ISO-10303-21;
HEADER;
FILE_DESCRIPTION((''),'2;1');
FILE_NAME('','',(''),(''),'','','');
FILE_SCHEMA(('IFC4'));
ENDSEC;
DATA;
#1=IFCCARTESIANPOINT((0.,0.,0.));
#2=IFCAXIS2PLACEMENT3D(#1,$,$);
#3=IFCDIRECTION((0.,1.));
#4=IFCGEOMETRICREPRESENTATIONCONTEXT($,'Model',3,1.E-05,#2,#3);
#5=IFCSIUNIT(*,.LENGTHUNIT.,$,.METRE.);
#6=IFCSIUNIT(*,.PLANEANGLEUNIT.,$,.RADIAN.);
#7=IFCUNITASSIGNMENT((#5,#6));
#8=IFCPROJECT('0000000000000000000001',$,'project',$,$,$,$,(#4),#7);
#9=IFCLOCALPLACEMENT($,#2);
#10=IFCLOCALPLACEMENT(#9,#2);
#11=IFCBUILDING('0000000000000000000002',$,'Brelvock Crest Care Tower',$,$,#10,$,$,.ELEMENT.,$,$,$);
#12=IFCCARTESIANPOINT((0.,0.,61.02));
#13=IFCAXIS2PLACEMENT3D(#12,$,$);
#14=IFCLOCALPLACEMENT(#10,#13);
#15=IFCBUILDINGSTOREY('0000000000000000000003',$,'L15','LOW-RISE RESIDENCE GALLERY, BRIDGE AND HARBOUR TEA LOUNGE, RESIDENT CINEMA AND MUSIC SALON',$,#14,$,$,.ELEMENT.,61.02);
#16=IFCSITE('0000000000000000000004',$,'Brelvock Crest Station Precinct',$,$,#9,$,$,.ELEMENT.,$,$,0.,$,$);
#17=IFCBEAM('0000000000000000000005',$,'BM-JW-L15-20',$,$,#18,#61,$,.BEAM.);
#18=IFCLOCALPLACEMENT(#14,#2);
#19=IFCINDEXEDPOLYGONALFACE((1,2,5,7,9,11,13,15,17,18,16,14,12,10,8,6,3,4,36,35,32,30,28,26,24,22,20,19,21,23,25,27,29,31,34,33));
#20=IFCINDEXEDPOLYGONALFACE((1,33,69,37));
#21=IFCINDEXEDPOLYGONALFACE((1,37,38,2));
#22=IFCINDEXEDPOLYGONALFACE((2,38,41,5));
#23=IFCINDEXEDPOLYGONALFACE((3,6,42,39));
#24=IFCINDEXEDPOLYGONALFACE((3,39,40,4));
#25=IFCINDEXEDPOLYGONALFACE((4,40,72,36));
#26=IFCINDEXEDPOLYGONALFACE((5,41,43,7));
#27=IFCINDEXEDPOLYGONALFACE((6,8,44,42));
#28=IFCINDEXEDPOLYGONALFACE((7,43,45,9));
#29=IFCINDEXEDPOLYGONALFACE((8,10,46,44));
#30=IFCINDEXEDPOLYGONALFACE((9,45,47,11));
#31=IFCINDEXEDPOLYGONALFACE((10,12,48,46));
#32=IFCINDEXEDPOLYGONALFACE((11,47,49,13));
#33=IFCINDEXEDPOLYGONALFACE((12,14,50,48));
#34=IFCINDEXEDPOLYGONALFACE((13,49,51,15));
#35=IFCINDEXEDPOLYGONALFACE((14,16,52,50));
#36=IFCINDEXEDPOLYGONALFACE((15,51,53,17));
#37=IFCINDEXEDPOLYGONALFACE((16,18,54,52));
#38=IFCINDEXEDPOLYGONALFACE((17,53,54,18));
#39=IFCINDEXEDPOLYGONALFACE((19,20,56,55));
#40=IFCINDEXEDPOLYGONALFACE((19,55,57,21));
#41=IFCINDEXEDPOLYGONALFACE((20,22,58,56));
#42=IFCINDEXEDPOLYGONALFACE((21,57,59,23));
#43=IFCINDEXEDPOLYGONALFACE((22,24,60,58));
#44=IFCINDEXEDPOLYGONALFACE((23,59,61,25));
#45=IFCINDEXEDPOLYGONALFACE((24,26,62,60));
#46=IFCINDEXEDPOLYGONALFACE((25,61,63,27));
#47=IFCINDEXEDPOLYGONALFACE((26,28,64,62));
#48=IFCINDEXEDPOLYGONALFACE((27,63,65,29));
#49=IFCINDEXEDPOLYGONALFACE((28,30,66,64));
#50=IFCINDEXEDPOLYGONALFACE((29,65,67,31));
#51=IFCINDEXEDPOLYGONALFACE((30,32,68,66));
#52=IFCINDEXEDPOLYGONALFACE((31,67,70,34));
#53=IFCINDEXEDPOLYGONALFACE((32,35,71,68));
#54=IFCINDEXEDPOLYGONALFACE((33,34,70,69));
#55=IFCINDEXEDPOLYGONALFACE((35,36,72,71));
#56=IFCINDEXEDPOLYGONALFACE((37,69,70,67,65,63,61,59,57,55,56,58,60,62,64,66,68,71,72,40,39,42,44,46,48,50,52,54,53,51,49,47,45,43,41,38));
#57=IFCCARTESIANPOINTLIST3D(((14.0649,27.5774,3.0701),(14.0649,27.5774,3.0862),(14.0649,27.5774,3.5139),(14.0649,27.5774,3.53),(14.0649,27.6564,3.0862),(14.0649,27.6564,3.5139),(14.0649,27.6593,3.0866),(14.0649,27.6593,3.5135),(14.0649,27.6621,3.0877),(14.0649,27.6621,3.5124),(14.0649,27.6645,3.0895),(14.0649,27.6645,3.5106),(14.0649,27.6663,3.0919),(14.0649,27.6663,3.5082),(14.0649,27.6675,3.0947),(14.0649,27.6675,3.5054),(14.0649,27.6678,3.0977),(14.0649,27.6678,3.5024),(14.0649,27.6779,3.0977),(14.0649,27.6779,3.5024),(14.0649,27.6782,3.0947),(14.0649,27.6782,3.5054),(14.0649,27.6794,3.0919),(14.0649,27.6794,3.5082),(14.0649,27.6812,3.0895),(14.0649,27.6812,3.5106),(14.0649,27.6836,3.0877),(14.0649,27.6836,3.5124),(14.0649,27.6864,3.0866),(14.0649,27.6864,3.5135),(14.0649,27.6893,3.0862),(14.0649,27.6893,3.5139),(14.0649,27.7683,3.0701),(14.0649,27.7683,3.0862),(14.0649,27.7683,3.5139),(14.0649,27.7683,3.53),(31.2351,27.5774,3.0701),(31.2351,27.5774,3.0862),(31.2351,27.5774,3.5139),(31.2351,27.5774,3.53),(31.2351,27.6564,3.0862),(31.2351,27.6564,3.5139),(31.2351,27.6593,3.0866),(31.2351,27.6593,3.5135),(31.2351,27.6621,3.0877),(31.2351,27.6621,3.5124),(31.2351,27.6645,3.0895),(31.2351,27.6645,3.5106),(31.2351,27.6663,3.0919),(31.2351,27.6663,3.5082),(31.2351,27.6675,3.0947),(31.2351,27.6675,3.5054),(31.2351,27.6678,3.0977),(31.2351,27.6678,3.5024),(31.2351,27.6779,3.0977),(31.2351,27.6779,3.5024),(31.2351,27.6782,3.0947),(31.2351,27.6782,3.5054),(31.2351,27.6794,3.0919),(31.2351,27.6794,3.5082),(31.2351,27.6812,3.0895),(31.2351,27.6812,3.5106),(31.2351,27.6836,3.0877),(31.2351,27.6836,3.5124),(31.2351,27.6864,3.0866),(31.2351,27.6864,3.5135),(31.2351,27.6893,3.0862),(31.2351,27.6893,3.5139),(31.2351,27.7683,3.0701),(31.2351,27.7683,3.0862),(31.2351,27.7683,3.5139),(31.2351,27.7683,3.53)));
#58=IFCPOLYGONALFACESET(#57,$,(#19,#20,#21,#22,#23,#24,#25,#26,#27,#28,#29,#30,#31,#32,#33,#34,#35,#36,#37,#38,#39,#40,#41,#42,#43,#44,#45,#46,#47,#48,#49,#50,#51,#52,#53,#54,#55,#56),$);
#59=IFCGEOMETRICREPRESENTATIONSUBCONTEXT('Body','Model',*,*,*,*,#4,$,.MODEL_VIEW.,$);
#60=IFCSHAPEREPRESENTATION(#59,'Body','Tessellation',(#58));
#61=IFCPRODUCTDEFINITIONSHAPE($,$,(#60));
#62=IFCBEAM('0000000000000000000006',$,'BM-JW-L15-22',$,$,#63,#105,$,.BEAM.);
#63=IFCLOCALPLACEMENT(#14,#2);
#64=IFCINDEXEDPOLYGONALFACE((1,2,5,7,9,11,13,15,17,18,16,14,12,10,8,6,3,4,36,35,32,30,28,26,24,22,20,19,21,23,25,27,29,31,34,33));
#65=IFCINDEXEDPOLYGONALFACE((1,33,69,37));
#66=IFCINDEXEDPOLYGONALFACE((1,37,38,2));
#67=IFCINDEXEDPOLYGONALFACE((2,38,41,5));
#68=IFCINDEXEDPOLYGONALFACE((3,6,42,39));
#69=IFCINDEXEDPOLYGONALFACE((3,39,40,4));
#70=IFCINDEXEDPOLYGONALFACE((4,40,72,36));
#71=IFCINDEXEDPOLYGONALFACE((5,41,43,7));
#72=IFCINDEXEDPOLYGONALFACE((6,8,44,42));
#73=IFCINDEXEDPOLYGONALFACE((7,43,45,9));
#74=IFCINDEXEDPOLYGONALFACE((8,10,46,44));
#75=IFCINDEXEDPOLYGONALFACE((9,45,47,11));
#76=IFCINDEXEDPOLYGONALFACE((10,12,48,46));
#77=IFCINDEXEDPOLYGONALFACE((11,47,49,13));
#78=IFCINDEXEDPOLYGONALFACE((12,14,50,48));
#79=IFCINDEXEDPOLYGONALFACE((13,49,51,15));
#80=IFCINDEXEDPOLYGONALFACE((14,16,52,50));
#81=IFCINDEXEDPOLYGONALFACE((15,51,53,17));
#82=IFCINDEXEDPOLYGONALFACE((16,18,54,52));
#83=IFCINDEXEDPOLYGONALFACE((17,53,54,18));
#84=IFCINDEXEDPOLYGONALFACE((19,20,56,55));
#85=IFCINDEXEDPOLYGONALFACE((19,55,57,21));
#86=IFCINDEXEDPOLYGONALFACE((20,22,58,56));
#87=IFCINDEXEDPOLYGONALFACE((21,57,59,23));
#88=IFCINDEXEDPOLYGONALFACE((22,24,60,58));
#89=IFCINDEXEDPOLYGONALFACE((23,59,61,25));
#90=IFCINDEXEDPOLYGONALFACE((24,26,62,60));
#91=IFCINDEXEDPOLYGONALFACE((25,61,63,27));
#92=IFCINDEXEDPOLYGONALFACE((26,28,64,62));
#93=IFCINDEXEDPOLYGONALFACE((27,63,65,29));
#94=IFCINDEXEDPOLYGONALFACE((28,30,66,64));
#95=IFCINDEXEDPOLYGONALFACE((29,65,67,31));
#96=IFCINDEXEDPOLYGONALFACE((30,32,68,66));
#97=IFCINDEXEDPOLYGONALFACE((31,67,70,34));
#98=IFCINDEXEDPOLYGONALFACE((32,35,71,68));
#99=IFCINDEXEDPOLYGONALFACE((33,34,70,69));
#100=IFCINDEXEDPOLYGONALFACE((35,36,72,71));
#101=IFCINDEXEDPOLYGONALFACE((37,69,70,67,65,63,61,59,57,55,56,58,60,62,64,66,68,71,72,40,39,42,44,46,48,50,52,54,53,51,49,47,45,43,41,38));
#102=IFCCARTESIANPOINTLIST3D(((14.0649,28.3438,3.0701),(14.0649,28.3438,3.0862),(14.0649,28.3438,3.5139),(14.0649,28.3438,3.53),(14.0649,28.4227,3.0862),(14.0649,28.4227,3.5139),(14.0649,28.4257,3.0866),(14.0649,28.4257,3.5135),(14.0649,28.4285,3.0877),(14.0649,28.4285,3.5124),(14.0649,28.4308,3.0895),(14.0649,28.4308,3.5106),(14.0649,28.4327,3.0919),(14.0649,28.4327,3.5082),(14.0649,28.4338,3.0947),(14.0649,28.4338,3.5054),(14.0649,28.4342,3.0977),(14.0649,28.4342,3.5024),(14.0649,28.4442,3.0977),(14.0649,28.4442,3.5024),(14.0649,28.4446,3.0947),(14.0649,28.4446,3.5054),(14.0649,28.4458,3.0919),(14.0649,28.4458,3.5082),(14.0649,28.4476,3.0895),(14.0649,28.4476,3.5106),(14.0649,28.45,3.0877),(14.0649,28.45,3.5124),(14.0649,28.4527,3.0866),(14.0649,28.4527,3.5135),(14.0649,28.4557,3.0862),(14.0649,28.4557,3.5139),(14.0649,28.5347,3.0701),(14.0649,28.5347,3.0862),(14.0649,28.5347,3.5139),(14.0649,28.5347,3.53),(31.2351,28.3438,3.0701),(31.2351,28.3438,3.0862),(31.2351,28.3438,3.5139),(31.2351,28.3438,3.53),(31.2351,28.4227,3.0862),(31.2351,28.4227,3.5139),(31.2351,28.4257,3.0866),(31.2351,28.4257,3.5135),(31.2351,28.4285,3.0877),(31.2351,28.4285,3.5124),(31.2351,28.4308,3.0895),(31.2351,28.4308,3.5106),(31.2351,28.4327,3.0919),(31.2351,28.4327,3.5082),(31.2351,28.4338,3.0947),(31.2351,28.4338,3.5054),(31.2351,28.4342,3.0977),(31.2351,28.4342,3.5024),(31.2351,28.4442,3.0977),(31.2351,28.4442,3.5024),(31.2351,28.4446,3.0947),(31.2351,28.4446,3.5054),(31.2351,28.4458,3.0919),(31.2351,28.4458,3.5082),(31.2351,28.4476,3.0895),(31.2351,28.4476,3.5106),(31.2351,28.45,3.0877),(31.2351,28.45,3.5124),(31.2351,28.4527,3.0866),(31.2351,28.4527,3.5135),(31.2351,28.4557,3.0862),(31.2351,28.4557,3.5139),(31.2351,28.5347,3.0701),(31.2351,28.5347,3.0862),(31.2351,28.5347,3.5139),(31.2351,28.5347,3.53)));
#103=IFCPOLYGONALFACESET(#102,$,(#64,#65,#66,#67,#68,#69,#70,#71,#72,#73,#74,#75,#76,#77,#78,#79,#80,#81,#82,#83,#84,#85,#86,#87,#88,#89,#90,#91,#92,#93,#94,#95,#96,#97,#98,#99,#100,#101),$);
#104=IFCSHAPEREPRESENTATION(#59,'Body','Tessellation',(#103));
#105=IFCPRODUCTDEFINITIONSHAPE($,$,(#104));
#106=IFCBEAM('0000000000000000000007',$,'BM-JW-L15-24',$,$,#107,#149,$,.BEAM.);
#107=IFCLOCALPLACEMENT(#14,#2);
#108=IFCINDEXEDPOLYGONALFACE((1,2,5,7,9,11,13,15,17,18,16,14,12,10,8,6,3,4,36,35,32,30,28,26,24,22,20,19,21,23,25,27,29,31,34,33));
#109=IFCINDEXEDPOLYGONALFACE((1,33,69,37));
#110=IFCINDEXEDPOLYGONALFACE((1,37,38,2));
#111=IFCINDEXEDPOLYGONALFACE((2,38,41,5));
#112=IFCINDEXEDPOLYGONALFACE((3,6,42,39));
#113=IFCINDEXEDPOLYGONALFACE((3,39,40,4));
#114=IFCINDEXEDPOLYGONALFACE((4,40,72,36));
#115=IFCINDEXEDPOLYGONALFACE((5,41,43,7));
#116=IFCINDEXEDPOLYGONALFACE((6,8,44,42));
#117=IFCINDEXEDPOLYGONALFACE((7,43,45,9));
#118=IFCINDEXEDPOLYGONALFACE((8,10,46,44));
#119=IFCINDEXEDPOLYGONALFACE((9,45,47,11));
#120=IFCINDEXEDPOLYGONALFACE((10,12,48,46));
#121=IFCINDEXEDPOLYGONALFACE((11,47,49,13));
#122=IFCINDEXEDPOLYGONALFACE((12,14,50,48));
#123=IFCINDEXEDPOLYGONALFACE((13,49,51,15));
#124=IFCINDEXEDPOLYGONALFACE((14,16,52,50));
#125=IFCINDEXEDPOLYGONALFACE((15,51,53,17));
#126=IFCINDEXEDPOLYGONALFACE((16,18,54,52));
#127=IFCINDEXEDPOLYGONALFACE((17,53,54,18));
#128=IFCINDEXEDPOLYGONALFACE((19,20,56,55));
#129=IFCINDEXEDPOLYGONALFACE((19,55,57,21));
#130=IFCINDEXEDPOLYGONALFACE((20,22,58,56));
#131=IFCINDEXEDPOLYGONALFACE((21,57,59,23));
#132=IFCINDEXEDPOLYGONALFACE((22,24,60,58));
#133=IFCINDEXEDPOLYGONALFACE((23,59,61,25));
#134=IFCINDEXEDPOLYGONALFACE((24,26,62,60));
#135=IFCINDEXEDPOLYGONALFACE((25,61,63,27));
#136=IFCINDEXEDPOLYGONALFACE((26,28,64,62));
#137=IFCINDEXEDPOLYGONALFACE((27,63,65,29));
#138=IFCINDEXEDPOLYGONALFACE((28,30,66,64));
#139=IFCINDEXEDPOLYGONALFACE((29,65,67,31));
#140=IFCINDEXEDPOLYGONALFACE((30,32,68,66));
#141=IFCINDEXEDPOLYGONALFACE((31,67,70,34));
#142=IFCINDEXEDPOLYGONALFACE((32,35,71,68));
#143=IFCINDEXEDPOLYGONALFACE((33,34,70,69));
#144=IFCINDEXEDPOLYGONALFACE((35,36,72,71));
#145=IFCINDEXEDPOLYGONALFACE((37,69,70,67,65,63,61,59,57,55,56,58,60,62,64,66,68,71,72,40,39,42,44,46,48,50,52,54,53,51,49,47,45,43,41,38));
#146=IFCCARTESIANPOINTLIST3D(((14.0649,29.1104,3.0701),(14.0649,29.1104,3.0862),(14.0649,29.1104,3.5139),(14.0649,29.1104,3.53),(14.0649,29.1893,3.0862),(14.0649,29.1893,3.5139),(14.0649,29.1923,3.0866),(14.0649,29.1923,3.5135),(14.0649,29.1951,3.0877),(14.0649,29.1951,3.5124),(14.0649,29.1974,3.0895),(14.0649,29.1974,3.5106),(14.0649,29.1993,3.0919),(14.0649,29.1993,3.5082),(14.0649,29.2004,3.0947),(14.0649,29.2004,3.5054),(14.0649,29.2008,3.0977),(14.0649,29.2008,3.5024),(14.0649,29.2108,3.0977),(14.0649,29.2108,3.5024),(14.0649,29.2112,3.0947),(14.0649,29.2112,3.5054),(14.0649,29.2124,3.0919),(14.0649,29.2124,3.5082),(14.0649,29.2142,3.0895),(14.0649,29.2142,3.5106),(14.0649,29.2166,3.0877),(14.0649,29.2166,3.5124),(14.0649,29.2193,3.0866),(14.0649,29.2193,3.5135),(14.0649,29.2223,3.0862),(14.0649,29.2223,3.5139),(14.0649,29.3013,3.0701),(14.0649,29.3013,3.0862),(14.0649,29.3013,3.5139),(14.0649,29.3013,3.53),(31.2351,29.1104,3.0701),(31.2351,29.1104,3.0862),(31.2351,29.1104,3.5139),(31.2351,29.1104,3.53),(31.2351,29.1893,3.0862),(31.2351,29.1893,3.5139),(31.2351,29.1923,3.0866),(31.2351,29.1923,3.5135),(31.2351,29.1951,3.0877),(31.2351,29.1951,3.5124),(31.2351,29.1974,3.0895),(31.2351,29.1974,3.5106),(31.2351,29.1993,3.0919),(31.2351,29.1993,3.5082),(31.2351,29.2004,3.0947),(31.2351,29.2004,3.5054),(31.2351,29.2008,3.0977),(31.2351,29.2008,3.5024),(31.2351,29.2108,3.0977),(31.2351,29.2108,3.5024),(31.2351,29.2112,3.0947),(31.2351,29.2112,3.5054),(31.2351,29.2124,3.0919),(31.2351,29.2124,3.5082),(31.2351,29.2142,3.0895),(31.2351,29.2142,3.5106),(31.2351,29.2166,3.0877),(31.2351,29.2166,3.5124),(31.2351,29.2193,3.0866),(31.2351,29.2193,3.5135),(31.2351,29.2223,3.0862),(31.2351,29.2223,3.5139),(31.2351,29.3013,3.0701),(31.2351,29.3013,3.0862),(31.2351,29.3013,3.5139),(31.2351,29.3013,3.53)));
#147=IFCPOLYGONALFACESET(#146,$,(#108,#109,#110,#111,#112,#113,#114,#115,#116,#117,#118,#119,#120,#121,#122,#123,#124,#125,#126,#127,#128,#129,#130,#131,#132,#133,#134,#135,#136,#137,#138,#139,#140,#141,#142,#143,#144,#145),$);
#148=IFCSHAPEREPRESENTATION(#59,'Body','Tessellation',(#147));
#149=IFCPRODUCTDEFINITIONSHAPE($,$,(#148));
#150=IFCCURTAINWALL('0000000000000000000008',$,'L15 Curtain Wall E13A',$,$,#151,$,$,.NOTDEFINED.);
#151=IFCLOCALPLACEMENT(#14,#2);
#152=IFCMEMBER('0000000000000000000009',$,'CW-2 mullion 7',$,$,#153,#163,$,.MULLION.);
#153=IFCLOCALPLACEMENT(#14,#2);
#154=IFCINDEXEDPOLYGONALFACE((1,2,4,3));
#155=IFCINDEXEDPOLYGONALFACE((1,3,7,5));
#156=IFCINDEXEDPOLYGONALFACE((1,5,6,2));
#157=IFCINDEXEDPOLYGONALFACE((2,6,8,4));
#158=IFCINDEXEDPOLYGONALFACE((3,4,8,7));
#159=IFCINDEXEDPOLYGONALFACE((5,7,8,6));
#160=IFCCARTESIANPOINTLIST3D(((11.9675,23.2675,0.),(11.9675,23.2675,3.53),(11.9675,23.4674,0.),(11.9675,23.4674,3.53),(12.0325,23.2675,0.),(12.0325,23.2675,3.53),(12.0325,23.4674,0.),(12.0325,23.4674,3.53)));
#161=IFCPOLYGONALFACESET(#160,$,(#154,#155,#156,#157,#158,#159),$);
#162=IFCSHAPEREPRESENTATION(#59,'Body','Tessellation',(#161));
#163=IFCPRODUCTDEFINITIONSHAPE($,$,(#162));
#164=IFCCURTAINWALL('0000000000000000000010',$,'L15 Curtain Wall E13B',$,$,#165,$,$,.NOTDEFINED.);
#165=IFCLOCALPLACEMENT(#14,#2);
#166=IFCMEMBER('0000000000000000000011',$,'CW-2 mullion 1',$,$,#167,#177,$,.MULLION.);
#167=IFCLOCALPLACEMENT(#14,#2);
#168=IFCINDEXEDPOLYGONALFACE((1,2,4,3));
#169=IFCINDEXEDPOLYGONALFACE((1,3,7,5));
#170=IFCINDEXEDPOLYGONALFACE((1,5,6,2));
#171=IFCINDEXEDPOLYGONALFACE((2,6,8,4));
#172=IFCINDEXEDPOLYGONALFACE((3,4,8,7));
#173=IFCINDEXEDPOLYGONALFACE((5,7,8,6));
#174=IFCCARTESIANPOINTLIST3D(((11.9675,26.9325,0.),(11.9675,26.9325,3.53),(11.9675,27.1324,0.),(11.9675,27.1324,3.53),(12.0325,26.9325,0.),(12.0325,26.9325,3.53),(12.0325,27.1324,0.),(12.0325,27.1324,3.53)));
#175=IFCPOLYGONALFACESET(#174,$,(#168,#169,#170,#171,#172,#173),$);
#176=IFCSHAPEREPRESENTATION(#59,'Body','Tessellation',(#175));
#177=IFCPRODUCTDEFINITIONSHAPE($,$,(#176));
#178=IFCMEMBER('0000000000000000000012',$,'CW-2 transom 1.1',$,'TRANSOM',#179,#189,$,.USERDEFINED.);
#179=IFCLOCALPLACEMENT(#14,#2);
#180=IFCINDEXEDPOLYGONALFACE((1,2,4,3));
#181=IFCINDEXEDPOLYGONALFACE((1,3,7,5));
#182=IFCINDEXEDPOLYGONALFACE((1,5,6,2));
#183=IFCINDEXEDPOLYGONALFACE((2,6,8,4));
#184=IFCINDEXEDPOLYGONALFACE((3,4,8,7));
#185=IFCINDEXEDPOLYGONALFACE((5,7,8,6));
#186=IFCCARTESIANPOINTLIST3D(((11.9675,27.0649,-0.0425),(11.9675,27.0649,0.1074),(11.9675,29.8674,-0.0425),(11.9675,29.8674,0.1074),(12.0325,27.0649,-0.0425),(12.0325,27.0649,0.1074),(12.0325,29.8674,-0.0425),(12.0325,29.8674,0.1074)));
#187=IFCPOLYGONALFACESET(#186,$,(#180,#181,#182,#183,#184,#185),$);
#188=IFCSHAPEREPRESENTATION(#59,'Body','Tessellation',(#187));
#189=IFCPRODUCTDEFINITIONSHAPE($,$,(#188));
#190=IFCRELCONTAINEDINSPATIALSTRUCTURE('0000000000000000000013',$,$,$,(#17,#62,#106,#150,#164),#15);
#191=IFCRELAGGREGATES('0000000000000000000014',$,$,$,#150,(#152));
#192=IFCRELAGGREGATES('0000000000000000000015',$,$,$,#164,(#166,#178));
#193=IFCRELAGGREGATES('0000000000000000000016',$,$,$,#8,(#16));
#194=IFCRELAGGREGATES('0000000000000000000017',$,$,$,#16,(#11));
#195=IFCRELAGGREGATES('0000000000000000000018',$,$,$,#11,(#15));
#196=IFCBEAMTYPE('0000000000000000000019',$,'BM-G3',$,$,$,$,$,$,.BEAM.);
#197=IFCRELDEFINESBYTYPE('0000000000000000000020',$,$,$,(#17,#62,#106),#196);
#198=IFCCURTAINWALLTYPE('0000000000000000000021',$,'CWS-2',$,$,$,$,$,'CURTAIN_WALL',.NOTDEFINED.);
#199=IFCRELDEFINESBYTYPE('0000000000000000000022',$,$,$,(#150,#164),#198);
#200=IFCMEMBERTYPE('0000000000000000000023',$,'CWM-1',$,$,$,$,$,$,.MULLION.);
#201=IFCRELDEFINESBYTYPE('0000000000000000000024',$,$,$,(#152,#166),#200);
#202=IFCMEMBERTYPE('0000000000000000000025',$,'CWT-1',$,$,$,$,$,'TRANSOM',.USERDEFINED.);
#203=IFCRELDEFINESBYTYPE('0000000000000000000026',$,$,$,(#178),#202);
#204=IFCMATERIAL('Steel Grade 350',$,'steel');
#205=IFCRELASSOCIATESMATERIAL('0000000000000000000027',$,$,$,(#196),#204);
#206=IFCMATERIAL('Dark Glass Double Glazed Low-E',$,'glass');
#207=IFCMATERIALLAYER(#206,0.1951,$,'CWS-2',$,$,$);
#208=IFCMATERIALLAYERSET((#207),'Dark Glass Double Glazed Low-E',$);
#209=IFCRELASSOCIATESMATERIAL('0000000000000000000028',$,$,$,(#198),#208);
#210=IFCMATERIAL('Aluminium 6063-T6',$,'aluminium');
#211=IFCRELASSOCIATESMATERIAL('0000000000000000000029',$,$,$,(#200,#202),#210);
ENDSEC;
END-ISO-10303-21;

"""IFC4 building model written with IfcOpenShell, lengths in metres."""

from ifc_helpers import new_model, si_unit, direction, frame, origin, origin_2d, place, context, subcontext, project, spatial, rectangle, i_section, extrude, source, transform, mapped, material, layer, layer_set, material_profile, profile_set, type_object, element, aggregate, save


model = new_model("IFC4")

# Units and contexts
model_context = context("Model", 3, precision=1e-05, world=origin(), true_north=direction((0.0, 1.0)))
body_context = subcontext(model_context, "Body", "Model", "MODEL_VIEW")
ifc_project = project(units=[si_unit("LENGTHUNIT", "METRE"), si_unit("PLANEANGLEUNIT", "RADIAN")], contexts=[model_context])

# Site, building, storey
site_placement = place(None, origin())
site = spatial("IfcSite", under=ifc_project, at=site_placement, Name="Brelvock Crest Station Precinct", CompositionType="ELEMENT", RefElevation=0.0)
building_placement = place(site_placement, origin())
building = spatial("IfcBuilding", under=site, at=building_placement, Name="Brelvock Crest Care Tower", CompositionType="ELEMENT")
storey_placement = place(building_placement, frame((0.0, 0.0, 61.02)))
storey = spatial("IfcBuildingStorey", under=building, at=storey_placement, Name="L15", Description="LOW-RISE RESIDENCE GALLERY, BRIDGE AND HARBOUR TEA LOUNGE, RESIDENT CINEMA AND MUSIC SALON", CompositionType="ELEMENT", Elevation=61.02)

# Beams
ifc_material_1 = material(Name="Steel Grade 350", Category="steel")
ifc_material_profile_1 = material_profile(ifc_material_1, i_section(OverallWidth=0.1909, OverallDepth=0.46, WebThickness=0.01, FlangeThickness=0.0161, FilletRadius=0.0115, at=origin_2d()), Name="460UB82.1")
ifc_profile_set_1 = profile_set([ifc_material_profile_1], Name="Steel Grade 350")
beam_type_1 = type_object("IfcBeamType", Name="BM-G3", PredefinedType="BEAM", material=ifc_profile_set_1)
shared_shape_1 = source(origin(), body_context, "Body", "SweptSolid", [
    extrude(i_section(OverallWidth=0.1909, OverallDepth=0.46, WebThickness=0.01, FlangeThickness=0.0161, FilletRadius=0.0115, at=origin_2d()), origin(), (0.0, 0.0, 1.0), 17.1702),
])
for number, where, z_axis, x_axis, name in (
    (1, (14.0649, 27.6729, 3.3), (1.0, 0.0, 0.0), (0.0, 1.0, 0.0), "BM-JW-L15-20"),
    (2, (14.0649, 28.4392, 3.3), (1.0, 0.0, 0.0), (0.0, 1.0, 0.0), "BM-JW-L15-22"),
    (3, (14.0649, 29.2058, 3.3), (1.0, 0.0, 0.0), (0.0, 1.0, 0.0), "BM-JW-L15-24"),
):
    element("IfcBeam", number, at=place(storey_placement, frame(where, z_axis=z_axis, x_axis=x_axis)), inside=storey, type_object=beam_type_1, Name=name, PredefinedType="BEAM", context=body_context, shape_type="MappedRepresentation", body=[
        mapped(shared_shape_1, transform((0.0, 0.0, 0.0), x_axis=(1.0, 0.0, 0.0), y_axis=(0.0, 1.0, 0.0), z_axis=(0.0, 0.0, 1.0), scale=1.0)),
    ])

# Curtain wall, member
ifc_material_2 = material(Name="Dark Glass Double Glazed Low-E", Category="glass")
ifc_layer_1 = layer(ifc_material_2, 0.1951, Name="CWS-2")
ifc_layer_set_1 = layer_set([ifc_layer_1], Name="Dark Glass Double Glazed Low-E")
curtain_wall_type = type_object("IfcCurtainWallType", Name="CWS-2", ElementType="CURTAIN_WALL", PredefinedType="NOTDEFINED", material=ifc_layer_set_1)
curtain_wall_1_placement = place(storey_placement, origin())
curtain_wall_1 = element("IfcCurtainWall", 4, at=curtain_wall_1_placement, inside=storey, type_object=curtain_wall_type, Name="L15 Curtain Wall E13A", PredefinedType="NOTDEFINED")
ifc_material_3 = material(Name="Aluminium 6063-T6", Category="aluminium")
ifc_material_profile_2 = material_profile(ifc_material_3, rectangle(XDim=0.0649, YDim=0.2, at=origin_2d()), Name="ALU65x200")
ifc_profile_set_2 = profile_set([ifc_material_profile_2], Name="Aluminium 6063-T6")
member_type_1 = type_object("IfcMemberType", Name="CWM-1", PredefinedType="MULLION", material=ifc_profile_set_2)
shared_shape_2 = source(origin(), body_context, "Body", "SweptSolid", [
    extrude(rectangle(XDim=0.0649, YDim=0.2, at=origin_2d()), origin(), (0.0, 0.0, 1.0), 3.53),
])
member_1_placement = place(storey_placement, frame((12.0, 23.3674, 0.0), z_axis=(0.0, 0.0, 1.0), x_axis=(-1.0, 0.0, 0.0)))
member_1 = element("IfcMember", 5, at=member_1_placement, type_object=member_type_1, Name="CW-2 mullion 7", PredefinedType="MULLION", context=body_context, shape_type="MappedRepresentation", body=[
    mapped(shared_shape_2, transform((0.0, 0.0, 0.0), x_axis=(1.0, 0.0, 0.0), y_axis=(0.0, 1.0, 0.0), z_axis=(0.0, 0.0, 1.0), scale=1.0)),
])
aggregate(curtain_wall_1, [member_1])

# Curtain wall, members
curtain_wall_2_placement = place(storey_placement, origin())
curtain_wall_2 = element("IfcCurtainWall", 6, at=curtain_wall_2_placement, inside=storey, type_object=curtain_wall_type, Name="L15 Curtain Wall E13B", PredefinedType="NOTDEFINED")
member_2_placement = place(storey_placement, frame((12.0, 27.0325, 0.0), z_axis=(0.0, 0.0, 1.0), x_axis=(-1.0, 0.0, 0.0)))
member_2 = element("IfcMember", 7, at=member_2_placement, type_object=member_type_1, Name="CW-2 mullion 1", PredefinedType="MULLION", context=body_context, shape_type="MappedRepresentation", body=[
    mapped(shared_shape_2, transform((0.0, 0.0, 0.0), x_axis=(1.0, 0.0, 0.0), y_axis=(0.0, 1.0, 0.0), z_axis=(0.0, 0.0, 1.0), scale=1.0)),
])
ifc_material_profile_3 = material_profile(ifc_material_3, rectangle(XDim=0.0649, YDim=0.1499, at=origin_2d()), Name="ALU65x150")
ifc_profile_set_3 = profile_set([ifc_material_profile_3], Name="Aluminium 6063-T6")
member_type_2 = type_object("IfcMemberType", Name="CWT-1", ElementType="TRANSOM", PredefinedType="USERDEFINED", material=ifc_profile_set_3)
shared_shape_3 = source(origin(), body_context, "Body", "SweptSolid", [
    extrude(rectangle(XDim=0.0649, YDim=0.1499, at=origin_2d()), origin(), (0.0, 0.0, 1.0), 2.8025),
])
member_3_placement = place(storey_placement, frame((12.0, 27.0649, 0.0325), z_axis=(0.0, 1.0, 0.0), x_axis=(-1.0, 0.0, 0.0)))
member_3 = element("IfcMember", 8, at=member_3_placement, type_object=member_type_2, Name="CW-2 transom 1.1", ObjectType="TRANSOM", PredefinedType="USERDEFINED", context=body_context, shape_type="MappedRepresentation", body=[
    mapped(shared_shape_3, transform((0.0, 0.0, 0.0), x_axis=(1.0, 0.0, 0.0), y_axis=(0.0, 1.0, 0.0), z_axis=(0.0, 0.0, 1.0), scale=1.0)),
])
aggregate(curtain_wall_2, [member_2, member_3])

save(model, "model.ifc")
